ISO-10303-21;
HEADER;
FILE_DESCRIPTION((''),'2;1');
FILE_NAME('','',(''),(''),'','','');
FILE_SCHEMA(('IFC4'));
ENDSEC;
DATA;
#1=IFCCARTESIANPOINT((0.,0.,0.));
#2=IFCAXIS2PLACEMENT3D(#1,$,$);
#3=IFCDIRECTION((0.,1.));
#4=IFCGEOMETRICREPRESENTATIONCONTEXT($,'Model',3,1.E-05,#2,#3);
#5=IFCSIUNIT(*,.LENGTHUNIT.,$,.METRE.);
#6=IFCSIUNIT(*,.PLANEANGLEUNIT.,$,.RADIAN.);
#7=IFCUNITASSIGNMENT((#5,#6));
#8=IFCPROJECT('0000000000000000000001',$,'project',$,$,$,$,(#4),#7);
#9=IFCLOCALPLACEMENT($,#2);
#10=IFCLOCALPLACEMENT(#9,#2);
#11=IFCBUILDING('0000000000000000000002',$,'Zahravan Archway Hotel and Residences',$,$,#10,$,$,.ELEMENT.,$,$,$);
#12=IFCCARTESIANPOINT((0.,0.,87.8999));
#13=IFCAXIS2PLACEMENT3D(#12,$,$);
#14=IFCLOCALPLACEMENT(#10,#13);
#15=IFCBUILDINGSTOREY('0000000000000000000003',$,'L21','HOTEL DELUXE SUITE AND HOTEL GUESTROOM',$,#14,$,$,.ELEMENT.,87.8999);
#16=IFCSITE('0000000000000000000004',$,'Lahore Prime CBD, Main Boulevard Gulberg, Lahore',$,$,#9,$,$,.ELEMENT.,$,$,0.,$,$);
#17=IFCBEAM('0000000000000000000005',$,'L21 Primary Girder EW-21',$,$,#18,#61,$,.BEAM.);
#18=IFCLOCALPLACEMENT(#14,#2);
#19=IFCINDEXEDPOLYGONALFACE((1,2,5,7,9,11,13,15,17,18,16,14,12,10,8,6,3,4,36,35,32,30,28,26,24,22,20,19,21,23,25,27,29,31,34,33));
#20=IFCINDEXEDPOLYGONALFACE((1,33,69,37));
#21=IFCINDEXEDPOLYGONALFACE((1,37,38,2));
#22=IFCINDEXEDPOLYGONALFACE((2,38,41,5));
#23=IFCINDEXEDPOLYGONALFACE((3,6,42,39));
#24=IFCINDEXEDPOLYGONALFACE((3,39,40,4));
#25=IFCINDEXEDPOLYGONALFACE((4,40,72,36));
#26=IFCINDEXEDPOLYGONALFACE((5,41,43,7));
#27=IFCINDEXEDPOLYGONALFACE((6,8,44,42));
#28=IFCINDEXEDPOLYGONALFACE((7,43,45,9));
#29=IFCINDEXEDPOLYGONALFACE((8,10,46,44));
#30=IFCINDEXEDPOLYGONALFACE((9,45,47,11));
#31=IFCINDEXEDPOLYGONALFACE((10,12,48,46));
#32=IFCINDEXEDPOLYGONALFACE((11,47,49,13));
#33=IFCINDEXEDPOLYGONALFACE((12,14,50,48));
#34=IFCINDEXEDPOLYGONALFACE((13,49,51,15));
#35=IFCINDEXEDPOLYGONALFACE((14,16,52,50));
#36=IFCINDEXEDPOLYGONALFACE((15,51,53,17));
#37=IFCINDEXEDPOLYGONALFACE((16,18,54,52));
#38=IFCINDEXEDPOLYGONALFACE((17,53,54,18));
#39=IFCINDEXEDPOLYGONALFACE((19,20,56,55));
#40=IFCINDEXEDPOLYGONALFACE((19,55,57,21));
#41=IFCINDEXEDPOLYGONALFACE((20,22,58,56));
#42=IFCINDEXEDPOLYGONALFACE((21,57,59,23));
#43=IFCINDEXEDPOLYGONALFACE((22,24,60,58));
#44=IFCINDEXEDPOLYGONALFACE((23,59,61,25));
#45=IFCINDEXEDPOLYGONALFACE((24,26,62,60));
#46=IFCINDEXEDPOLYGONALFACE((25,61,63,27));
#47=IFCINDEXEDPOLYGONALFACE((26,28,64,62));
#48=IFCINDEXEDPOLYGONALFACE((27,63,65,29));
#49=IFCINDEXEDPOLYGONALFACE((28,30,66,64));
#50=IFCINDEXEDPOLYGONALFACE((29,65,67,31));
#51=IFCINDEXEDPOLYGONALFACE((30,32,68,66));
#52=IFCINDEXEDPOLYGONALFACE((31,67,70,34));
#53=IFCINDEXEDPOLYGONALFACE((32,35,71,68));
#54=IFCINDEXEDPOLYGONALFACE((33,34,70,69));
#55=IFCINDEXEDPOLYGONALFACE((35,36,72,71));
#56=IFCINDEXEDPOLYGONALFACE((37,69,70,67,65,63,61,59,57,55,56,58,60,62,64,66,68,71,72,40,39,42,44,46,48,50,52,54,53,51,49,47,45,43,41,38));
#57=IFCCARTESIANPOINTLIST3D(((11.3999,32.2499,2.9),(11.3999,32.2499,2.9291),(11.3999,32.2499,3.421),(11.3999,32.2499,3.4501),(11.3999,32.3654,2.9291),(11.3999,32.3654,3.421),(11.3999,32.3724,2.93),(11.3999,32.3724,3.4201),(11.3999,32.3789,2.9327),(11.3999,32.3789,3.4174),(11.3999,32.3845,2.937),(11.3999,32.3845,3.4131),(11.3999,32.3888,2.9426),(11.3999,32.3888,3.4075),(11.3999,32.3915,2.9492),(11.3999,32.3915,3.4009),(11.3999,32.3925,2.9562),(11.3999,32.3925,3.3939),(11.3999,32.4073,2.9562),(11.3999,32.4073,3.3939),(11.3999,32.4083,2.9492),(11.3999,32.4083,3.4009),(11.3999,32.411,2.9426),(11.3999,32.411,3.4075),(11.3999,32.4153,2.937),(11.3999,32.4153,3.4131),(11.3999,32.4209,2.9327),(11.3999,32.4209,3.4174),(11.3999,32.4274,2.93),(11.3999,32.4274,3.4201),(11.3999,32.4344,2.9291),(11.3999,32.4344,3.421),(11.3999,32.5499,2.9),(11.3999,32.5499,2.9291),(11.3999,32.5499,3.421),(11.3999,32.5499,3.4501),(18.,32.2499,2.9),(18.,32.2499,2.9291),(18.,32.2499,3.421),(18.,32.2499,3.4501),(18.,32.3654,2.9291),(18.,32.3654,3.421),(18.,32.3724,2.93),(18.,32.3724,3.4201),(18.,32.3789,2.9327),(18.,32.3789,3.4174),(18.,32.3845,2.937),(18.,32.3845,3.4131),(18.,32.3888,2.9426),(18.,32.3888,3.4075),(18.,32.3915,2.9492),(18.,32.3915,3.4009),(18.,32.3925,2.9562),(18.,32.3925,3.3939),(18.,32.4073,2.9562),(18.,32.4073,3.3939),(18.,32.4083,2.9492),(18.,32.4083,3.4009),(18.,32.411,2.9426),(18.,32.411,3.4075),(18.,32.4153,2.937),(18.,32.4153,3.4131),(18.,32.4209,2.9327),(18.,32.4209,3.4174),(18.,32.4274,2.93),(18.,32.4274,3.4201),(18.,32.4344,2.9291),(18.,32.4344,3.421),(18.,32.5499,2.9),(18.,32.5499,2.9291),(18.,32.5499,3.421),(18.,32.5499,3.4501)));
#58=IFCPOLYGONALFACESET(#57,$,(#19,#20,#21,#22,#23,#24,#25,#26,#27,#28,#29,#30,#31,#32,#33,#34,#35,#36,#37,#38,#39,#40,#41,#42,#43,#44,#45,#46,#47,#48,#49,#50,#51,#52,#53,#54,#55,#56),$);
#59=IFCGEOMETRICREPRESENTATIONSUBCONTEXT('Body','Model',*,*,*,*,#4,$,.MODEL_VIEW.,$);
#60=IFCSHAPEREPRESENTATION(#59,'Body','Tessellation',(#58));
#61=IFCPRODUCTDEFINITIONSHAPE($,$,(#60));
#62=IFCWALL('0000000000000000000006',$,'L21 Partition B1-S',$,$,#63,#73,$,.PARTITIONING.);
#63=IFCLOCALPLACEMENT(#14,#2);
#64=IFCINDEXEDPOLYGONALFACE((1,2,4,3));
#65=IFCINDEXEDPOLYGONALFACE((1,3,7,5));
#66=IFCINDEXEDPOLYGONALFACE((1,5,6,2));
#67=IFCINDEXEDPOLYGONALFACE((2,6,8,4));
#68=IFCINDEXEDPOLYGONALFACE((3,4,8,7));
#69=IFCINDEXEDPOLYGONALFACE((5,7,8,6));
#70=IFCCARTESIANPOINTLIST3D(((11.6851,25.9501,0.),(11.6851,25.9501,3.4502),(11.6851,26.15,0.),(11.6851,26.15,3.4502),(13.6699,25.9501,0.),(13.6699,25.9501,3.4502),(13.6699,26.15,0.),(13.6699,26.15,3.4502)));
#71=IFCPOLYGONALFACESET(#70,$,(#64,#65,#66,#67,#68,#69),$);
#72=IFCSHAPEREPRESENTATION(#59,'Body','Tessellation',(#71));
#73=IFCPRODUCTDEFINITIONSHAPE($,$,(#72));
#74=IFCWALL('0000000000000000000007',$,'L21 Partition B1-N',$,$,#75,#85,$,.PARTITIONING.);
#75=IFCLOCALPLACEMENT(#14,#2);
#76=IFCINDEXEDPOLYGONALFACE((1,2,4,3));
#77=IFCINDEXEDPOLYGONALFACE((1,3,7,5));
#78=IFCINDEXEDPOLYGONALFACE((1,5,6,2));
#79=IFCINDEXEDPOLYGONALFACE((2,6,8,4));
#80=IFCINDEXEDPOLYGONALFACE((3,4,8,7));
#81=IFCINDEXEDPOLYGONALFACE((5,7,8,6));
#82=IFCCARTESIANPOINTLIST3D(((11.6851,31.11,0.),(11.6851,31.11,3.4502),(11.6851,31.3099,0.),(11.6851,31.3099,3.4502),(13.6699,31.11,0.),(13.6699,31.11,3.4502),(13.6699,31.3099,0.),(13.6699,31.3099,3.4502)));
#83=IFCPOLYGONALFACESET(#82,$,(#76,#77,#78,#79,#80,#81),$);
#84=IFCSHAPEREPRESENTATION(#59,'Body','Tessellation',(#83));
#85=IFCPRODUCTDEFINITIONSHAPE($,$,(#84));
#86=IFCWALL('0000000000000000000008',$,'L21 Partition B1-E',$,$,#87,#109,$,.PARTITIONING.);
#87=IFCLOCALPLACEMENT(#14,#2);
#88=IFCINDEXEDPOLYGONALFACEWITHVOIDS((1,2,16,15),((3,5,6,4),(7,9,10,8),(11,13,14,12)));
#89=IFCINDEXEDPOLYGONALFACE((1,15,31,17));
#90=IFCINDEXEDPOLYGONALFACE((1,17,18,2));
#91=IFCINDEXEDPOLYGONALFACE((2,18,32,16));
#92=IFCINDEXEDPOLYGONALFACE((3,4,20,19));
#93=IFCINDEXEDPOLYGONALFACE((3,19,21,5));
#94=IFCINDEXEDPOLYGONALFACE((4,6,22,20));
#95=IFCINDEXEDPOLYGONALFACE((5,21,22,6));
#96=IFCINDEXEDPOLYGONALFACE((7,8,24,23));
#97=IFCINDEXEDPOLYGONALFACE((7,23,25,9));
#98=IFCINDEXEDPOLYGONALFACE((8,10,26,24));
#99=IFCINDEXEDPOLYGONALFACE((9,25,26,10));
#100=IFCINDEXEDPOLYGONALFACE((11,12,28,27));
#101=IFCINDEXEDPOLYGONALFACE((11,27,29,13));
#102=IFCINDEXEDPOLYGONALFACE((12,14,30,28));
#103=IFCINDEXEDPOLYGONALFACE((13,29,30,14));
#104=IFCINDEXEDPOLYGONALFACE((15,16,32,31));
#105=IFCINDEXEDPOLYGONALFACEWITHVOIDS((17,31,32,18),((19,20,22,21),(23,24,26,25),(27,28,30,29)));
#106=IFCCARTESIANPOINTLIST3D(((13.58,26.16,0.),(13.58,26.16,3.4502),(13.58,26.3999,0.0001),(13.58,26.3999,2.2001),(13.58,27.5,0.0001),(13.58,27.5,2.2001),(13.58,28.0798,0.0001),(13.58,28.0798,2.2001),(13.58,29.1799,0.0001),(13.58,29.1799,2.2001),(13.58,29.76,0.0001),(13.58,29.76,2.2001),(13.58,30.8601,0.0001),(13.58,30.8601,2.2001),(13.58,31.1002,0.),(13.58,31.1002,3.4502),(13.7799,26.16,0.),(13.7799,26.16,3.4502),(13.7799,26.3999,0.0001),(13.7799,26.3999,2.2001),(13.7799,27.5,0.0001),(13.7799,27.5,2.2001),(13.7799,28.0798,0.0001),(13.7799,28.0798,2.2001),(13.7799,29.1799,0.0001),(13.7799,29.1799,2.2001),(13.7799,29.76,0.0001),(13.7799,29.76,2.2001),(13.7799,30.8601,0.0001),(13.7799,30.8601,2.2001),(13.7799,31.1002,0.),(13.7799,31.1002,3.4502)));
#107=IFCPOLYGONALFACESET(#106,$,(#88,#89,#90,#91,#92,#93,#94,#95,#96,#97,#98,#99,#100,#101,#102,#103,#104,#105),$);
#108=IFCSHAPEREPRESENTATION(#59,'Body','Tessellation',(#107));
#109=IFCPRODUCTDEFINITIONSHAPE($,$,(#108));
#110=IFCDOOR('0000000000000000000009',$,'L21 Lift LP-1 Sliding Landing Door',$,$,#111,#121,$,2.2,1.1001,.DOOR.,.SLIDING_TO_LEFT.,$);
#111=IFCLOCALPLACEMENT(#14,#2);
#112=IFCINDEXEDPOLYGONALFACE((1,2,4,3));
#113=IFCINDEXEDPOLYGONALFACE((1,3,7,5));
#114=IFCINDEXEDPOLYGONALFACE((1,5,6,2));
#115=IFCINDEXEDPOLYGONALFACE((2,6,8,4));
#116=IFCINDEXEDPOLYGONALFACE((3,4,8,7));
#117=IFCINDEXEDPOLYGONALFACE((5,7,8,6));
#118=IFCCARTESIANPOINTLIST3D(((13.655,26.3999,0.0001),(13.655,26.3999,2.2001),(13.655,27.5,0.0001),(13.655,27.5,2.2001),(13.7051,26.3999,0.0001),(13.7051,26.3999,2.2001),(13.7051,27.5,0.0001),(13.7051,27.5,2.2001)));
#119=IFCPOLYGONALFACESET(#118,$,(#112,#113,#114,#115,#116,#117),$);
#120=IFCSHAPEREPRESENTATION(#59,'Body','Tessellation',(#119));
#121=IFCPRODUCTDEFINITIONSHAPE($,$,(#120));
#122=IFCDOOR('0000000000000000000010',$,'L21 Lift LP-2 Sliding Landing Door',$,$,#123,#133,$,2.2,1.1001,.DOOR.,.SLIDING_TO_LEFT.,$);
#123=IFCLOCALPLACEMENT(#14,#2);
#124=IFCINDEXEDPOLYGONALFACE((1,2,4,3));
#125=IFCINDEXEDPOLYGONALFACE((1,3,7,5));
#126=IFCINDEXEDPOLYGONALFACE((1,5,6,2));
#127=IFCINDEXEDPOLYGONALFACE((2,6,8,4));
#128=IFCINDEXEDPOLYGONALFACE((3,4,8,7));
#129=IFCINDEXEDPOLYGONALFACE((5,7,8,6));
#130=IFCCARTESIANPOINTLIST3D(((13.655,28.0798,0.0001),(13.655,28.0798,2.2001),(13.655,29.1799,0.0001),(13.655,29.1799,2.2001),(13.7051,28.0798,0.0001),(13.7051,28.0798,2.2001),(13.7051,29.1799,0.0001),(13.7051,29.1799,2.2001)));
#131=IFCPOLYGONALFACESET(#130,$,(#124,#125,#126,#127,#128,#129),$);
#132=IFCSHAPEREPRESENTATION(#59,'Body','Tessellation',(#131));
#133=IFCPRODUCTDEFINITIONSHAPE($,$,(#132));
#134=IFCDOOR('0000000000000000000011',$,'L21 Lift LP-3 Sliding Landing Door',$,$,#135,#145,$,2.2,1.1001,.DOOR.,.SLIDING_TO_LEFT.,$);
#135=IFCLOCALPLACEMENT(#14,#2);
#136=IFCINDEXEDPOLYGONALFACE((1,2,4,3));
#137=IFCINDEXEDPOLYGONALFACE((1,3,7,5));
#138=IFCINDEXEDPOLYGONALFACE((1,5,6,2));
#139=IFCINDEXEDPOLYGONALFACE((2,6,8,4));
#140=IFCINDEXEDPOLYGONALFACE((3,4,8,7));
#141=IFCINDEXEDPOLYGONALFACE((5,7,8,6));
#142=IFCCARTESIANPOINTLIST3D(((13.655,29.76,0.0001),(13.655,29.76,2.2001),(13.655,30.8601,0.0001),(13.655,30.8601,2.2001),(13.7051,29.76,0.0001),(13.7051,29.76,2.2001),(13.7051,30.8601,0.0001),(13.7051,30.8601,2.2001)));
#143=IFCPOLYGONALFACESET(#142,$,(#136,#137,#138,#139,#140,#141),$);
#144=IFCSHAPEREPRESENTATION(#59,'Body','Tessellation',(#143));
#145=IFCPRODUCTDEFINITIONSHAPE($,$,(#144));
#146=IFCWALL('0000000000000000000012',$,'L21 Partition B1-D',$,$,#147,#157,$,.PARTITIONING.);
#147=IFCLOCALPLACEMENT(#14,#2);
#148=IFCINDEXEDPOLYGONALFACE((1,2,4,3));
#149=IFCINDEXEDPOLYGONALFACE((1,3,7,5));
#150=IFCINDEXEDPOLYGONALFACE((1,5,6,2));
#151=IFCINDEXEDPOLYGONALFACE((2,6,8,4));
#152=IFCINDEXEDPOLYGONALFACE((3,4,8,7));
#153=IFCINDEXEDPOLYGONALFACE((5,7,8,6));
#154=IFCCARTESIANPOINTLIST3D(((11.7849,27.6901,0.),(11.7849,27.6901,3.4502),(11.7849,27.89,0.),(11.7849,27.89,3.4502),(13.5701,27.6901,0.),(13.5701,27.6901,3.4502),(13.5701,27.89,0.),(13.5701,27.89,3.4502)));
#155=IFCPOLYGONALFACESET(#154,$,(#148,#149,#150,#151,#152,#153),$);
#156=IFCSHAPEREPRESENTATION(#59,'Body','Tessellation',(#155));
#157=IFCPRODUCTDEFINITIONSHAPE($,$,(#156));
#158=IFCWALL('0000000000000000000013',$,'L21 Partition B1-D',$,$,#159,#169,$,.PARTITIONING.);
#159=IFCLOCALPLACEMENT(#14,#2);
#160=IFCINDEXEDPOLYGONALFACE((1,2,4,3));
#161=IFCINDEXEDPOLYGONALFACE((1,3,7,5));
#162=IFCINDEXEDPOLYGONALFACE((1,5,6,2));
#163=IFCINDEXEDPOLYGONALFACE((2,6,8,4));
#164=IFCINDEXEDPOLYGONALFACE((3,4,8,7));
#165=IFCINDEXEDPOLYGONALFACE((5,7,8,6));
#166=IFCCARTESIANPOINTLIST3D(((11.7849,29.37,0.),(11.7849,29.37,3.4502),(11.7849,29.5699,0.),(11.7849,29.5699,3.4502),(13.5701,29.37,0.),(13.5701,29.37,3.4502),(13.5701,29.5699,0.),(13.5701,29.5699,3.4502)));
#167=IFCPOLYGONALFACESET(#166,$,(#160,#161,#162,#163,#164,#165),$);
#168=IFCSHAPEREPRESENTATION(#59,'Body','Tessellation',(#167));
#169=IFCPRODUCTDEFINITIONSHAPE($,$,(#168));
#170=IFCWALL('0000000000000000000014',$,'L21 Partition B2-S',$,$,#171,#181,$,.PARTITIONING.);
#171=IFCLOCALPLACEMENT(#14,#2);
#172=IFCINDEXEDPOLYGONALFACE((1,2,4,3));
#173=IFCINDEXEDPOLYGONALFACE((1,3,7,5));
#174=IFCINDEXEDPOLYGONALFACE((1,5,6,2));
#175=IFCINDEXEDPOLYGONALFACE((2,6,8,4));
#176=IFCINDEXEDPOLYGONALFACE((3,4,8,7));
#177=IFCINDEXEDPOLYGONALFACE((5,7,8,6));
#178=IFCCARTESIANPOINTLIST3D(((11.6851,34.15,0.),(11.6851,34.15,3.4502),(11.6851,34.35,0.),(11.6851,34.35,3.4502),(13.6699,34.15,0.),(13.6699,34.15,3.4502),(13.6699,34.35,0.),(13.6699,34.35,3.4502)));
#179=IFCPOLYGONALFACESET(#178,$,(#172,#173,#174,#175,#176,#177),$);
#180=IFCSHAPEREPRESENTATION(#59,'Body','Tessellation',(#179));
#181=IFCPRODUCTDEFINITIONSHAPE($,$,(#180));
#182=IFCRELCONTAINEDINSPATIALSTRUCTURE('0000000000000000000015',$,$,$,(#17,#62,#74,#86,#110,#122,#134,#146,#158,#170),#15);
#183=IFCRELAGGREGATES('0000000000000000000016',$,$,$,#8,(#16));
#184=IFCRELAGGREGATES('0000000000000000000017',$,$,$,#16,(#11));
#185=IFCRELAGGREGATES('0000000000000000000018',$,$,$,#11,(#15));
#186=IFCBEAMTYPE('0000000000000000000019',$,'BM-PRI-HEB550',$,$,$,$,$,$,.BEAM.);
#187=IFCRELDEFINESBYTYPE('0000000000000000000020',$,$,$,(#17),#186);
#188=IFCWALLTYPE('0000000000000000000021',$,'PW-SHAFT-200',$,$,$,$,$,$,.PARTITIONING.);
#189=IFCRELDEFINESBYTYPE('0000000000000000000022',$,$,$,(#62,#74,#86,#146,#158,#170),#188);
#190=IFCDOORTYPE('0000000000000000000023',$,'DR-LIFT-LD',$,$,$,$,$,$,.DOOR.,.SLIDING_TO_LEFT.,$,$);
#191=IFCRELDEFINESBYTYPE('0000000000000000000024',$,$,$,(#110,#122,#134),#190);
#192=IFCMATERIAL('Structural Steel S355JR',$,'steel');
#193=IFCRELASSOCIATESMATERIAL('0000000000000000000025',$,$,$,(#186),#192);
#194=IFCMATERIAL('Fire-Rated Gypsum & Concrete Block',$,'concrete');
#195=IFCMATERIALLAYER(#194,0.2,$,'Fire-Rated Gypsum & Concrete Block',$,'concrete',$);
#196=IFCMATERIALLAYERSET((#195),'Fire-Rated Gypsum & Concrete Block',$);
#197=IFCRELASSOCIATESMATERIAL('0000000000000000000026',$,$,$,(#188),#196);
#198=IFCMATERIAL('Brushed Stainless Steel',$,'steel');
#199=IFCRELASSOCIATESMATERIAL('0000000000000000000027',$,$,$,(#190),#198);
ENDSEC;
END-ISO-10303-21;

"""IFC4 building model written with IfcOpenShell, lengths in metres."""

from ifc_helpers import new_model, si_unit, direction, frame, frame_2d, origin, origin_2d, place, context, subcontext, project, spatial, rectangle, i_section, extrude, source, transform, mapped, material, layer, layer_set, material_profile, profile_set, type_object, type_shapes, element, fill, save


model = new_model("IFC4")

# Units and contexts
model_context = context("Model", 3, precision=1e-05, world=origin(), true_north=direction((0.0, 1.0)))
body_context = subcontext(model_context, "Body", "Model", "MODEL_VIEW")
ifc_project = project(units=[si_unit("LENGTHUNIT", "METRE"), si_unit("PLANEANGLEUNIT", "RADIAN")], contexts=[model_context])

# Site, building, storey
site_placement = place(None, origin())
site = spatial("IfcSite", under=ifc_project, at=site_placement, Name="Lahore Prime CBD, Main Boulevard Gulberg, Lahore", CompositionType="ELEMENT", RefElevation=0.0)
building_placement = place(site_placement, origin())
building = spatial("IfcBuilding", under=site, at=building_placement, Name="Zahravan Archway Hotel and Residences", CompositionType="ELEMENT")
storey_placement = place(building_placement, frame((0.0, 0.0, 87.8999)))
storey = spatial("IfcBuildingStorey", under=building, at=storey_placement, Name="L21", Description="HOTEL DELUXE SUITE AND HOTEL GUESTROOM", CompositionType="ELEMENT", Elevation=87.8999)

# Beam
ifc_material_1 = material(Name="Structural Steel S355JR", Category="steel")
ifc_material_profile = material_profile(ifc_material_1, i_section(OverallWidth=0.3, OverallDepth=0.55, WebThickness=0.0149, FlangeThickness=0.0291, FilletRadius=0.0271, at=origin_2d()), Name="HEB 550", Category="steel")
ifc_profile_set = profile_set([ifc_material_profile], Name="Structural Steel S355JR")
beam_type = type_object("IfcBeamType", Name="BM-PRI-HEB550", PredefinedType="BEAM", material=ifc_profile_set)
shared_shape_1 = source(origin(), body_context, "Body", "SweptSolid", [
    extrude(i_section(OverallWidth=0.3, OverallDepth=0.55, WebThickness=0.0149, FlangeThickness=0.0291, FilletRadius=0.0271, at=origin_2d()), origin(), (0.0, 0.0, 1.0), 6.6001),
])
beam_placement = place(storey_placement, frame((11.3999, 32.3999, 3.175), z_axis=(1.0, 0.0, 0.0), x_axis=(0.0, 1.0, 0.0)))
element("IfcBeam", 1, at=beam_placement, inside=storey, type_object=beam_type, Name="L21 Primary Girder EW-21", PredefinedType="BEAM", context=body_context, shape_type="MappedRepresentation", body=[
    mapped(shared_shape_1, transform((0.0, 0.0, 0.0), scale=1.0)),
])

# Walls
ifc_material_2 = material(Name="Fire-Rated Gypsum & Concrete Block", Category="concrete")
ifc_layer_1 = layer(ifc_material_2, 0.2, Name="Fire-Rated Gypsum & Concrete Block", Category="concrete")
ifc_layer_set_1 = layer_set([ifc_layer_1], Name="Fire-Rated Gypsum & Concrete Block")
wall_type_1 = type_object("IfcWallType", Name="PW-SHAFT-200", PredefinedType="PARTITIONING", material=ifc_layer_set_1)
for number, where, z_axis, x_axis, name in (
    (2, (11.6851, 26.05, 0.0), (0.0, 0.0, 1.0), (1.0, 0.0, 0.0), "L21 Partition B1-S"),
    (3, (11.6851, 31.21, 0.0), (0.0, 0.0, 1.0), (1.0, 0.0, 0.0), "L21 Partition B1-N"),
):
    element("IfcWall", number, at=place(storey_placement, frame(where, z_axis=z_axis, x_axis=x_axis)), inside=storey, type_object=wall_type_1, Name=name, PredefinedType="PARTITIONING", context=body_context, shape_type="SweptSolid", body=[
        extrude(rectangle(XDim=1.9849, YDim=0.2, at=frame_2d((0.9924, 0.0))), origin(), (0.0, 0.0, 1.0), 3.4502),
    ])

# Wall, openings, doors
wall_1_placement = place(storey_placement, frame((13.6799, 26.1599, 0.0), z_axis=(0.0, 0.0, 1.0), x_axis=(0.0, 1.0, 0.0)))
wall_1 = element("IfcWall", 4, at=wall_1_placement, inside=storey, type_object=wall_type_1, Name="L21 Partition B1-E", PredefinedType="PARTITIONING", context=body_context, shape_type="SweptSolid", body=[
    extrude(rectangle(XDim=4.9402, YDim=0.2, at=frame_2d((2.4702, 0.0))), origin(), (0.0, 0.0, 1.0), 3.4502),
])
opening_1_placement = place(wall_1_placement, frame((0.24, 0.0, 0.0)))
opening_1 = element("IfcOpeningElement", 5, at=opening_1_placement, cuts=wall_1, PredefinedType="OPENING", context=body_context, shape_type="SweptSolid", body=[
    extrude(rectangle(XDim=1.1001, YDim=2.2, at=frame_2d((0.55, 1.1001))), frame((0.0, 0.1099, 0.0), z_axis=(0.0, -1.0, 0.0), x_axis=(1.0, 0.0, 0.0)), (0.0, 0.0, 1.0), 0.22),
])
opening_2_placement = place(wall_1_placement, frame((1.9199, 0.0, 0.0)))
opening_2 = element("IfcOpeningElement", 6, at=opening_2_placement, cuts=wall_1, PredefinedType="OPENING", context=body_context, shape_type="SweptSolid", body=[
    extrude(rectangle(XDim=1.1001, YDim=2.2, at=frame_2d((0.55, 1.1001))), frame((0.0, 0.1099, 0.0), z_axis=(0.0, -1.0, 0.0), x_axis=(1.0, 0.0, 0.0)), (0.0, 0.0, 1.0), 0.22),
])
opening_3_placement = place(wall_1_placement, frame((3.6001, 0.0, 0.0)))
opening_3 = element("IfcOpeningElement", 7, at=opening_3_placement, cuts=wall_1, PredefinedType="OPENING", context=body_context, shape_type="SweptSolid", body=[
    extrude(rectangle(XDim=1.1001, YDim=2.2, at=frame_2d((0.55, 1.1001))), frame((0.0, 0.1099, 0.0), z_axis=(0.0, -1.0, 0.0), x_axis=(1.0, 0.0, 0.0)), (0.0, 0.0, 1.0), 0.22),
])
ifc_material_3 = material(Name="Brushed Stainless Steel", Category="steel")
door_type = type_object("IfcDoorType", Name="DR-LIFT-LD", OperationType="SLIDING_TO_LEFT", PredefinedType="DOOR", material=ifc_material_3)
shared_shape_2 = source(origin(), body_context, "Body", "SweptSolid", [
    extrude(rectangle(XDim=1.1001, YDim=2.2, at=frame_2d((0.55, 1.1001))), frame((0.0, 0.0249, 0.0), z_axis=(0.0, -1.0, 0.0), x_axis=(1.0, 0.0, 0.0)), (0.0, 0.0, 1.0), 0.05),
])
type_shapes(door_type, [shared_shape_2])
door_1_placement = place(opening_1_placement, origin())
door_1 = element("IfcDoor", 8, at=door_1_placement, inside=storey, type_object=door_type, Name="L21 Lift LP-1 Sliding Landing Door", OperationType="SLIDING_TO_LEFT", OverallHeight=2.2, OverallWidth=1.1001, PredefinedType="DOOR", context=body_context, shape_type="MappedRepresentation", body=[
    mapped(shared_shape_2, transform((0.0, 0.0, 0.0), scale=1.0)),
])
fill(opening_1, door_1)
door_2_placement = place(opening_2_placement, origin())
door_2 = element("IfcDoor", 9, at=door_2_placement, inside=storey, type_object=door_type, Name="L21 Lift LP-2 Sliding Landing Door", OperationType="SLIDING_TO_LEFT", OverallHeight=2.2, OverallWidth=1.1001, PredefinedType="DOOR", context=body_context, shape_type="MappedRepresentation", body=[
    mapped(shared_shape_2, transform((0.0, 0.0, 0.0), scale=1.0)),
])
fill(opening_2, door_2)
door_3_placement = place(opening_3_placement, origin())
door_3 = element("IfcDoor", 10, at=door_3_placement, inside=storey, type_object=door_type, Name="L21 Lift LP-3 Sliding Landing Door", OperationType="SLIDING_TO_LEFT", OverallHeight=2.2, OverallWidth=1.1001, PredefinedType="DOOR", context=body_context, shape_type="MappedRepresentation", body=[
    mapped(shared_shape_2, transform((0.0, 0.0, 0.0), scale=1.0)),
])
fill(opening_3, door_3)

# Walls
for number, where, z_axis, x_axis, name in (
    (11, (11.7849, 27.79, 0.0), (0.0, 0.0, 1.0), (1.0, 0.0, 0.0), "L21 Partition B1-D"),
    (12, (11.7849, 29.47, 0.0), (0.0, 0.0, 1.0), (1.0, 0.0, 0.0), "L21 Partition B1-D"),
):
    element("IfcWall", number, at=place(storey_placement, frame(where, z_axis=z_axis, x_axis=x_axis)), inside=storey, type_object=wall_type_1, Name=name, PredefinedType="PARTITIONING", context=body_context, shape_type="SweptSolid", body=[
        extrude(rectangle(XDim=1.7852, YDim=0.2, at=frame_2d((0.8926, 0.0))), origin(), (0.0, 0.0, 1.0), 3.4502),
    ])
wall_2_placement = place(storey_placement, frame((11.6851, 34.25, 0.0), z_axis=(0.0, 0.0, 1.0), x_axis=(1.0, 0.0, 0.0)))
element("IfcWall", 13, at=wall_2_placement, inside=storey, type_object=wall_type_1, Name="L21 Partition B2-S", PredefinedType="PARTITIONING", context=body_context, shape_type="SweptSolid", body=[
    extrude(rectangle(XDim=1.9849, YDim=0.2, at=frame_2d((0.9924, 0.0))), origin(), (0.0, 0.0, 1.0), 3.4502),
])

save(model, "model.ifc")
